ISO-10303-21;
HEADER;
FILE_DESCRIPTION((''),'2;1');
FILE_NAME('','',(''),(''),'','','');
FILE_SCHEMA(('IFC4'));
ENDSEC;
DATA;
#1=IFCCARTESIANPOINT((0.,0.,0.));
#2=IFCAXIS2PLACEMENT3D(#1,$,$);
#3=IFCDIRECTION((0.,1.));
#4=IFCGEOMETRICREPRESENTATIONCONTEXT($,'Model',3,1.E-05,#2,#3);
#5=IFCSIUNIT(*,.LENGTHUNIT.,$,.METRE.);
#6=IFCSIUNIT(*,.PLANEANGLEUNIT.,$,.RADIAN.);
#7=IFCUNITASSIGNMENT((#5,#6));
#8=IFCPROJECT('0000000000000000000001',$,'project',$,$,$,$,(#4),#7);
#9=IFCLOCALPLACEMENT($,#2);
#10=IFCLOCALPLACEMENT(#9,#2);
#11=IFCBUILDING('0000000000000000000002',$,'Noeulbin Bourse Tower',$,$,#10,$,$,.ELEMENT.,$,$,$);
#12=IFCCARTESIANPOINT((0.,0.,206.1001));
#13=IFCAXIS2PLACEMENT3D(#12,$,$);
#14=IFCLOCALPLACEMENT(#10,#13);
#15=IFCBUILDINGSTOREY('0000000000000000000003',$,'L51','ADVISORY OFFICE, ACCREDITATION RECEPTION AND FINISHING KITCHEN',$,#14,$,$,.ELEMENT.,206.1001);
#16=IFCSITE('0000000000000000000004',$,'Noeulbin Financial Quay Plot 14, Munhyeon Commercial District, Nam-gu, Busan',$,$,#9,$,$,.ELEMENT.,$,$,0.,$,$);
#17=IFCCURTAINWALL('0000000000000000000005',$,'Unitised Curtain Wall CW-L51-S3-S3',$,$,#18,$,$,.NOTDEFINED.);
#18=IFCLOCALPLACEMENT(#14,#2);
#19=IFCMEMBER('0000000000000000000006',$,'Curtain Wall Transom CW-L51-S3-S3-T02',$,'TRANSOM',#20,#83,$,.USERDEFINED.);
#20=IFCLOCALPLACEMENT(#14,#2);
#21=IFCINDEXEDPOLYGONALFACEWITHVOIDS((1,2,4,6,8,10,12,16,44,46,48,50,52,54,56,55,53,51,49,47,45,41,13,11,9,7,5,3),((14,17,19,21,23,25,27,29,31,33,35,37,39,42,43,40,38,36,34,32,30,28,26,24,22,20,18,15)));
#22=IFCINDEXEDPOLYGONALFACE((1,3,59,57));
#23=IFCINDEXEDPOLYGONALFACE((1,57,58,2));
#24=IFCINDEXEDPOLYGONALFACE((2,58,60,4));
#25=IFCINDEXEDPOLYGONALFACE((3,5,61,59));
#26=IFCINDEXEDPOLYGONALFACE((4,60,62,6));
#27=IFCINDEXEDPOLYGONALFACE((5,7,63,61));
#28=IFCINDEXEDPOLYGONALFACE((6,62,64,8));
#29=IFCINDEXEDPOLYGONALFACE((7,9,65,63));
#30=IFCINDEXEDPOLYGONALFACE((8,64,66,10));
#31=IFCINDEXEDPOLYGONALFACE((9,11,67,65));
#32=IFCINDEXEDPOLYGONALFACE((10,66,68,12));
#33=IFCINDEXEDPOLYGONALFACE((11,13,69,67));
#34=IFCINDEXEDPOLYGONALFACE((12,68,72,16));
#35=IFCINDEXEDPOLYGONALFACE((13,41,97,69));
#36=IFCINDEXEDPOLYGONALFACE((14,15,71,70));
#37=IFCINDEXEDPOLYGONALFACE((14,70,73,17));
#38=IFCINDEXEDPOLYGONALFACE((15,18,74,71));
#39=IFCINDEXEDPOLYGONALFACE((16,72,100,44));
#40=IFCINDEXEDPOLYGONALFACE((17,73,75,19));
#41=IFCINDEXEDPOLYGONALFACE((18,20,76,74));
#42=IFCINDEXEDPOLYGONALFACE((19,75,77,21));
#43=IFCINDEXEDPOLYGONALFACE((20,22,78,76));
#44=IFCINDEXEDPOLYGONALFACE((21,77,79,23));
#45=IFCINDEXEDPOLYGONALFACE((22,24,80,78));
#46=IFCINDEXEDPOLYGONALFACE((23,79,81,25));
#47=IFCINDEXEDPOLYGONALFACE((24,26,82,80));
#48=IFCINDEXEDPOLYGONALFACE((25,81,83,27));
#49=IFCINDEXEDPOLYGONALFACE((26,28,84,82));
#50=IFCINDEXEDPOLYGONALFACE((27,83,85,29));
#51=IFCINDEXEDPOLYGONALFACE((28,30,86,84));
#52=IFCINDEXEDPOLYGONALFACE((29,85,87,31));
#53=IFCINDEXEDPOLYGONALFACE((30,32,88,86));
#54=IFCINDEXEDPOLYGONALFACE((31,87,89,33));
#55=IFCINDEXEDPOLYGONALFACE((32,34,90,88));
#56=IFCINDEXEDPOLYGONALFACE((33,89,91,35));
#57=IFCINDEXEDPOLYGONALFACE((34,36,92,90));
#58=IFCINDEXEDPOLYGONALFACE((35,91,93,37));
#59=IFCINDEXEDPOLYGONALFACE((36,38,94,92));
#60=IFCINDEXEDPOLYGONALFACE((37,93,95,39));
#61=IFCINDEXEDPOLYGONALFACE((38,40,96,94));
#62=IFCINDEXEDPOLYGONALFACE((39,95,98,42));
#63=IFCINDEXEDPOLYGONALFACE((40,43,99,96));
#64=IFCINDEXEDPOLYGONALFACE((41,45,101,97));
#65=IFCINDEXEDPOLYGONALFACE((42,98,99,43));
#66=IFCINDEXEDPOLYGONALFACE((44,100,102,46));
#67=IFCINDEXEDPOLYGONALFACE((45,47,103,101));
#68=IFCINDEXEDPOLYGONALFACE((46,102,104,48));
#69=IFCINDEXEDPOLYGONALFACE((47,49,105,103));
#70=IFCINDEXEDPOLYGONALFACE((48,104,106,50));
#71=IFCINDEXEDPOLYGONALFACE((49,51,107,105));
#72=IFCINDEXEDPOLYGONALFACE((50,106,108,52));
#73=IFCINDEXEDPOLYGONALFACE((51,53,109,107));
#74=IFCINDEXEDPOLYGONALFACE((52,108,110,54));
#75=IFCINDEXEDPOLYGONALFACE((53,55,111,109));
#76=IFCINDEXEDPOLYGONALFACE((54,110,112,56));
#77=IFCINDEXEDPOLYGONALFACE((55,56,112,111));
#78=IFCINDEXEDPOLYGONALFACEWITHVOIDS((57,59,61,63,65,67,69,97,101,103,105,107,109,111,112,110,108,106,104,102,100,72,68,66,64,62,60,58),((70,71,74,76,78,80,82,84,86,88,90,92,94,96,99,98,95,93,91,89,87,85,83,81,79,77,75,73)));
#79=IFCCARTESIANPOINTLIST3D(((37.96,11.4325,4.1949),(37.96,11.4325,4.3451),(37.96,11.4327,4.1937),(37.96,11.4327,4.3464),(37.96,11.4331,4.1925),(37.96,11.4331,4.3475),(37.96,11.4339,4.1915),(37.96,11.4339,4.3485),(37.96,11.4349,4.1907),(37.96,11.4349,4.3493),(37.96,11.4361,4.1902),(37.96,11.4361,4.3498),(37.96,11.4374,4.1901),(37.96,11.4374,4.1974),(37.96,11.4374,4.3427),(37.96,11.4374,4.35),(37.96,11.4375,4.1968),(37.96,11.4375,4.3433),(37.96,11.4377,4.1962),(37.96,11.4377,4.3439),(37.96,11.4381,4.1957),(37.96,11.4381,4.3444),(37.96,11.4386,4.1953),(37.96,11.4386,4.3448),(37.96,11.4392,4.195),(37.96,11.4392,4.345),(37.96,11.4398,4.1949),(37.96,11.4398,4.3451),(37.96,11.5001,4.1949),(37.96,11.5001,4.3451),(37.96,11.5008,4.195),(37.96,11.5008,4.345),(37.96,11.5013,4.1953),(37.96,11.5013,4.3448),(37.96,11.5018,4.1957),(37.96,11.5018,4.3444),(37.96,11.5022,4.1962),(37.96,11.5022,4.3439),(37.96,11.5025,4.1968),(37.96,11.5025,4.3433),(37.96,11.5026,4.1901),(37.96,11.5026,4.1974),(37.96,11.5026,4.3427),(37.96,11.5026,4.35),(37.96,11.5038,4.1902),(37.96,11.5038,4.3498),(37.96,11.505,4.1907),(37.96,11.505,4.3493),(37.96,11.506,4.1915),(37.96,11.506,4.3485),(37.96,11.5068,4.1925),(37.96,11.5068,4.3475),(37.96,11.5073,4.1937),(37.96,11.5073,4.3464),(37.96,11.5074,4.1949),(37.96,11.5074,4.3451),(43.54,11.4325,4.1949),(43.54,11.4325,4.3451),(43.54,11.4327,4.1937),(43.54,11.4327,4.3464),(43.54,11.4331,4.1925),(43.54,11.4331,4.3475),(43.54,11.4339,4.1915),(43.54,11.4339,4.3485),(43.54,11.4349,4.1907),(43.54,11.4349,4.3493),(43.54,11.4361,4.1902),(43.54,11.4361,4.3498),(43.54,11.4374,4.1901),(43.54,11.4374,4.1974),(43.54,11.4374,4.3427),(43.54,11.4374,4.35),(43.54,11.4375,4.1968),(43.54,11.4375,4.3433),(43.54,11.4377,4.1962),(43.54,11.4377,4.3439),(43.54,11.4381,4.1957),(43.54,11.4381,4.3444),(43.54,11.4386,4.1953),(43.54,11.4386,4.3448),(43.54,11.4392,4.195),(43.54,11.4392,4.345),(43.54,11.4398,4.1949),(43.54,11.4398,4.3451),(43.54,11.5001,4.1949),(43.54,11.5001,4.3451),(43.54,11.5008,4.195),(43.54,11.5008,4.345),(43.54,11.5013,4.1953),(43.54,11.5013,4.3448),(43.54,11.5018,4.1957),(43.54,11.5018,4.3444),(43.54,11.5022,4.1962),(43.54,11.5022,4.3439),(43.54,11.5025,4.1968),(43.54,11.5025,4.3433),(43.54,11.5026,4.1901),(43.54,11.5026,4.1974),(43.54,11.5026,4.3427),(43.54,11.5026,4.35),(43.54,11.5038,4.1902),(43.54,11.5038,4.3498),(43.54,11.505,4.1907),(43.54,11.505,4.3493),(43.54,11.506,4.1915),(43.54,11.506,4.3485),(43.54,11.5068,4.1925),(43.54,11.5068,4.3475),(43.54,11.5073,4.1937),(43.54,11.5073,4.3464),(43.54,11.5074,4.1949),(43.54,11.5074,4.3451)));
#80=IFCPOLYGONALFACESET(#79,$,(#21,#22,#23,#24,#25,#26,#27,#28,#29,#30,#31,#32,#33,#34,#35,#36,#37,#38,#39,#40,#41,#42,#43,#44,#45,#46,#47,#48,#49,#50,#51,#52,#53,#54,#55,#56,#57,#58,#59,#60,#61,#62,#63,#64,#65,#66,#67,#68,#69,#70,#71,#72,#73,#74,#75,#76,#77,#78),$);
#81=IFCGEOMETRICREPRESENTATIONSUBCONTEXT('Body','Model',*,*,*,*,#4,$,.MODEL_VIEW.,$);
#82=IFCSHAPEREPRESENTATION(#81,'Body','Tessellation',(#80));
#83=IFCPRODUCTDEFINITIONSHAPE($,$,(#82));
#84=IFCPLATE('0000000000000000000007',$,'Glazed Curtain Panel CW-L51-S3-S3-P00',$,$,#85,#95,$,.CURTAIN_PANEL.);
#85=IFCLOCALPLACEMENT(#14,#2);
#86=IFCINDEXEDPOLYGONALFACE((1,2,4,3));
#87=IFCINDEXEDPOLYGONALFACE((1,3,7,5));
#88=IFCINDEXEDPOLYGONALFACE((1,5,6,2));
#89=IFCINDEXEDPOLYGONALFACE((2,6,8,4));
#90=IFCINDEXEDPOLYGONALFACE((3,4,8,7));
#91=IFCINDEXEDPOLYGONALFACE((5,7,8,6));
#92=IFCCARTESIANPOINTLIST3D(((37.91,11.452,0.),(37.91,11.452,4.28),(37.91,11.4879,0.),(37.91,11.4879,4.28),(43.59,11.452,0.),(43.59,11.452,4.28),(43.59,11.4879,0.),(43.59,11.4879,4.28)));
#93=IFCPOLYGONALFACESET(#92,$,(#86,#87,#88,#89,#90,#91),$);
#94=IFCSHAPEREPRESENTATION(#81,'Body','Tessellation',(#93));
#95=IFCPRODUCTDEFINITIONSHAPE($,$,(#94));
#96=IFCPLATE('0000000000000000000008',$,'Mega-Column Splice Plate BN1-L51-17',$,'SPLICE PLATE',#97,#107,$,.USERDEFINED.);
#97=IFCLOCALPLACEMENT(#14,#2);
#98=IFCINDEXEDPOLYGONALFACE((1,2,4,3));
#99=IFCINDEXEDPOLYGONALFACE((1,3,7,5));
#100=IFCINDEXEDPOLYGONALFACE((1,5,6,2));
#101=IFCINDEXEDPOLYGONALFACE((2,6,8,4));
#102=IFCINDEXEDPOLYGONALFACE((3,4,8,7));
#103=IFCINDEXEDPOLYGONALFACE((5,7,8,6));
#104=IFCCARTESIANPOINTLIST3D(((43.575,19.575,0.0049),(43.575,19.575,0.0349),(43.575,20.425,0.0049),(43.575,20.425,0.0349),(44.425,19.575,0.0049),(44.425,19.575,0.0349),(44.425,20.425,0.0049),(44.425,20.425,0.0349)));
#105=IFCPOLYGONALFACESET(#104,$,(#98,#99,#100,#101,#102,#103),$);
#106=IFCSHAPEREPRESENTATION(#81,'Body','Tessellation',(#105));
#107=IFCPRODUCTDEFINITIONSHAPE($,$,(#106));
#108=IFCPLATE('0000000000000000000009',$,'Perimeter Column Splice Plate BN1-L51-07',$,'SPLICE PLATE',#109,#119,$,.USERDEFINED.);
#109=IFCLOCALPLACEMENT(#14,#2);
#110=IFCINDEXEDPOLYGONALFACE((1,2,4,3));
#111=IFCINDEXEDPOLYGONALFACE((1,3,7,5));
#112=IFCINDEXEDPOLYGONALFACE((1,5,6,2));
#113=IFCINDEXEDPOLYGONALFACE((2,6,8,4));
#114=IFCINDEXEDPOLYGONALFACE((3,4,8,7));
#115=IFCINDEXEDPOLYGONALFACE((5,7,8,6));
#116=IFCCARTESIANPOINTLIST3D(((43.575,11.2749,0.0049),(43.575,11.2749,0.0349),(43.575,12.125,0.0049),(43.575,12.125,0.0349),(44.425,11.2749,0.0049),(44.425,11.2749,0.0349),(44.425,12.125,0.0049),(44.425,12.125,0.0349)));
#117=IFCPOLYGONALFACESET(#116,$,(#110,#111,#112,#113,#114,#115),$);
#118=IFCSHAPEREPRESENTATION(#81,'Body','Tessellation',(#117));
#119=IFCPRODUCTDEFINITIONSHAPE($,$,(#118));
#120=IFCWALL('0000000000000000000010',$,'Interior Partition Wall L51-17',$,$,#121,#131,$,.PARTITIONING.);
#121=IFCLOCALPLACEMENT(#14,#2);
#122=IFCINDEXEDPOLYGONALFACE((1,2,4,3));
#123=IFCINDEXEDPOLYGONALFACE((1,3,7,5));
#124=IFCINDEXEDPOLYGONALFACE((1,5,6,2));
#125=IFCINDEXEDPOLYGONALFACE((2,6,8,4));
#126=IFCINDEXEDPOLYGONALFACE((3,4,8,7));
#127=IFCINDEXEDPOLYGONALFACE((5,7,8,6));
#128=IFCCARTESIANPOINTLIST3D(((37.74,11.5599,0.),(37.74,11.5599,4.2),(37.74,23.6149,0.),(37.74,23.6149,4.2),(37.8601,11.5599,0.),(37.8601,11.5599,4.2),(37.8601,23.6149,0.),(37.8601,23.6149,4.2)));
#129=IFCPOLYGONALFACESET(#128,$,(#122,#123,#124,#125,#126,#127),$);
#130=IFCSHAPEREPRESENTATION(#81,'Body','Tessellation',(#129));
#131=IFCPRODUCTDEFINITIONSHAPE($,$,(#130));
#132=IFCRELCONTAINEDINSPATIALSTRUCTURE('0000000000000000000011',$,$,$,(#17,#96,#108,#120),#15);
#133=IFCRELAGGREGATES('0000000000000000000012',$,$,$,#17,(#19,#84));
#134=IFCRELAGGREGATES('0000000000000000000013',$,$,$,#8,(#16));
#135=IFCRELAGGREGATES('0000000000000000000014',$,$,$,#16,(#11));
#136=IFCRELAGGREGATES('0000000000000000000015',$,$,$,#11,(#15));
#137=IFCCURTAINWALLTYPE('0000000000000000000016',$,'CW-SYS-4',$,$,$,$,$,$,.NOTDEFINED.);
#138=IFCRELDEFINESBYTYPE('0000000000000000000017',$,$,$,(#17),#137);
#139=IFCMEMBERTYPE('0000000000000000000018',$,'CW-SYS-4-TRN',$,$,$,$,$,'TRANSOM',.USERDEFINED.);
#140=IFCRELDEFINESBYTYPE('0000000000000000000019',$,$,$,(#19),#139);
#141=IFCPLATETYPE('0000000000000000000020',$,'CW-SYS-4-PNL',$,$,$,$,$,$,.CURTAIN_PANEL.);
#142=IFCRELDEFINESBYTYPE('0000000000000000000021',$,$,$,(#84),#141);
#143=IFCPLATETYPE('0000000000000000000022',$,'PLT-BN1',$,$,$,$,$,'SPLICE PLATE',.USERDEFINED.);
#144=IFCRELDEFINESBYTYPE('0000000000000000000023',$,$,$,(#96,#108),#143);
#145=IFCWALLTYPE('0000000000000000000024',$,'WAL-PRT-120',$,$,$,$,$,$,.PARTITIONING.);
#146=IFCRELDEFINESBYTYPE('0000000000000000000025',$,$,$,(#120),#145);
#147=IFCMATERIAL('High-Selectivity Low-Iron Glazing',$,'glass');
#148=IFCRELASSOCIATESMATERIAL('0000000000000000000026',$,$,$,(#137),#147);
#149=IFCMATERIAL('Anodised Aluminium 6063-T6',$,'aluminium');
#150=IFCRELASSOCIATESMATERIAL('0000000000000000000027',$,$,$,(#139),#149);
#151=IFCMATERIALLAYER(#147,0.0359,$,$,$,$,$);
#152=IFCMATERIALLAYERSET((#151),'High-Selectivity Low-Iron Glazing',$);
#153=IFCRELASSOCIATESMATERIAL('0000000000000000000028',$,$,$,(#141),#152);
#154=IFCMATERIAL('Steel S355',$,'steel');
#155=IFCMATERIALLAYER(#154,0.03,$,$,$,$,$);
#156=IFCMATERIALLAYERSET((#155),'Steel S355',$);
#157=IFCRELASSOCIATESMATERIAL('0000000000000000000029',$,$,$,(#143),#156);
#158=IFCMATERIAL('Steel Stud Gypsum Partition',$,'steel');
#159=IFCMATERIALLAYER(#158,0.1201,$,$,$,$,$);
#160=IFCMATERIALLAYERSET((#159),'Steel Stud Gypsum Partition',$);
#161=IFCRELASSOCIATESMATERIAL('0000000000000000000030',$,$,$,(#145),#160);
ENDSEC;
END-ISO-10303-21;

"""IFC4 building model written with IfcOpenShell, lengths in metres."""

from ifc_helpers import new_model, si_unit, direction, frame, frame_2d, origin, origin_2d, place, context, subcontext, project, spatial, rectangle, hollow_rectangle, extrude, material, layer, layer_set, material_profile, profile_set, type_object, element, aggregate, save


model = new_model("IFC4")

# Units and contexts
model_context = context("Model", 3, precision=1e-05, world=origin(), true_north=direction((0.0, 1.0)))
body_context = subcontext(model_context, "Body", "Model", "MODEL_VIEW")
ifc_project = project(units=[si_unit("LENGTHUNIT", "METRE"), si_unit("PLANEANGLEUNIT", "RADIAN")], contexts=[model_context])

# Site, building, storey
site_placement = place(None, origin())
site = spatial("IfcSite", under=ifc_project, at=site_placement, Name="Noeulbin Financial Quay Plot 14, Munhyeon Commercial District, Nam-gu, Busan", CompositionType="ELEMENT", RefElevation=0.0)
building_placement = place(site_placement, origin())
building = spatial("IfcBuilding", under=site, at=building_placement, Name="Noeulbin Bourse Tower", CompositionType="ELEMENT")
storey_placement = place(building_placement, frame((0.0, 0.0, 206.1001)))
storey = spatial("IfcBuildingStorey", under=building, at=storey_placement, Name="L51", Description="ADVISORY OFFICE, ACCREDITATION RECEPTION AND FINISHING KITCHEN", CompositionType="ELEMENT", Elevation=206.1001)

# Shared definitions
ifc_material_1 = material(Name="Steel S355", Category="steel")

# Curtain wall, member, plate
ifc_material_2 = material(Name="High-Selectivity Low-Iron Glazing", Category="glass")
curtain_wall_type = type_object("IfcCurtainWallType", Name="CW-SYS-4", PredefinedType="NOTDEFINED", material=ifc_material_2)
curtain_wall_placement = place(storey_placement, origin())
curtain_wall = element("IfcCurtainWall", 1, at=curtain_wall_placement, inside=storey, type_object=curtain_wall_type, Name="Unitised Curtain Wall CW-L51-S3-S3", PredefinedType="NOTDEFINED")
ifc_material_3 = material(Name="Anodised Aluminium 6063-T6", Category="aluminium")
ifc_material_profile_1 = material_profile(ifc_material_3, hollow_rectangle(XDim=0.075, YDim=0.1599, WallThickness=0.0049, InnerFilletRadius=0.0024, OuterFilletRadius=0.0049, at=origin_2d()), Name="ALU-TRAN-75x160x5", Category="LoadBearing")
ifc_profile_set_1 = profile_set([ifc_material_profile_1], Name="Anodised Aluminium 6063-T6")
member_type_1 = type_object("IfcMemberType", Name="CW-SYS-4-TRN", ElementType="TRANSOM", PredefinedType="USERDEFINED", material=ifc_profile_set_1)
member_1_placement = place(storey_placement, frame((37.96, 11.47, 4.27), z_axis=(1.0, 0.0, 0.0), x_axis=(0.0, 1.0, 0.0)))
member_1 = element("IfcMember", 2, at=member_1_placement, type_object=member_type_1, Name="Curtain Wall Transom CW-L51-S3-S3-T02", ObjectType="TRANSOM", PredefinedType="USERDEFINED", context=body_context, shape_type="SweptSolid", body=[
    extrude(hollow_rectangle(XDim=0.075, YDim=0.1599, WallThickness=0.0049, InnerFilletRadius=0.0024, OuterFilletRadius=0.0049, at=origin_2d()), origin(), (0.0, 0.0, 1.0), 5.5801),
])
ifc_layer_1 = layer(ifc_material_2, 0.0359)
ifc_layer_set_1 = layer_set([ifc_layer_1], Name="High-Selectivity Low-Iron Glazing")
plate_type_1 = type_object("IfcPlateType", Name="CW-SYS-4-PNL", PredefinedType="CURTAIN_PANEL", material=ifc_layer_set_1)
plate_placement = place(storey_placement, frame((40.75, 11.47, 0.0), z_axis=(0.0, 0.0, 1.0), x_axis=(1.0, 0.0, 0.0)))
plate = element("IfcPlate", 3, at=plate_placement, type_object=plate_type_1, Name="Glazed Curtain Panel CW-L51-S3-S3-P00", PredefinedType="CURTAIN_PANEL", context=body_context, shape_type="SweptSolid", body=[
    extrude(rectangle(XDim=5.6799, YDim=0.0359, at=origin_2d()), origin(), (0.0, 0.0, 1.0), 4.28),
])
aggregate(curtain_wall, [member_1, plate])

# Plates
ifc_layer_2 = layer(ifc_material_1, 0.03)
ifc_layer_set_2 = layer_set([ifc_layer_2], Name="Steel S355")
plate_type_2 = type_object("IfcPlateType", Name="PLT-BN1", ElementType="SPLICE PLATE", PredefinedType="USERDEFINED", material=ifc_layer_set_2)
for number, where, z_axis, x_axis, name in (
    (4, (44.0, 20.0, 0.0049), (0.0, 0.0, 1.0), (1.0, 0.0, 0.0), "Mega-Column Splice Plate BN1-L51-17"),
    (5, (44.0, 11.7, 0.0049), (0.0, 0.0, 1.0), (1.0, 0.0, 0.0), "Perimeter Column Splice Plate BN1-L51-07"),
):
    element("IfcPlate", number, at=place(storey_placement, frame(where, z_axis=z_axis, x_axis=x_axis)), inside=storey, type_object=plate_type_2, Name=name, ObjectType="SPLICE PLATE", PredefinedType="USERDEFINED", context=body_context, shape_type="SweptSolid", body=[
        extrude(rectangle(XDim=0.8501, YDim=0.8501, at=origin_2d()), origin(), (0.0, 0.0, 1.0), 0.03),
    ])

# Wall
ifc_material_4 = material(Name="Steel Stud Gypsum Partition", Category="steel")
ifc_layer_3 = layer(ifc_material_4, 0.1201)
ifc_layer_set_3 = layer_set([ifc_layer_3], Name="Steel Stud Gypsum Partition")
wall_type = type_object("IfcWallType", Name="WAL-PRT-120", PredefinedType="PARTITIONING", material=ifc_layer_set_3)
wall_placement = place(storey_placement, frame((37.8, 11.5601, 0.0), z_axis=(0.0, 0.0, 1.0), x_axis=(0.0, 1.0, 0.0)))
element("IfcWall", 6, at=wall_placement, inside=storey, type_object=wall_type, Name="Interior Partition Wall L51-17", PredefinedType="PARTITIONING", context=body_context, shape_type="SweptSolid", body=[
    extrude(rectangle(XDim=12.0549, YDim=0.1201, at=frame_2d((6.0273, 0.0))), origin(), (0.0, 0.0, 1.0), 4.2),
])

save(model, "model.ifc")
